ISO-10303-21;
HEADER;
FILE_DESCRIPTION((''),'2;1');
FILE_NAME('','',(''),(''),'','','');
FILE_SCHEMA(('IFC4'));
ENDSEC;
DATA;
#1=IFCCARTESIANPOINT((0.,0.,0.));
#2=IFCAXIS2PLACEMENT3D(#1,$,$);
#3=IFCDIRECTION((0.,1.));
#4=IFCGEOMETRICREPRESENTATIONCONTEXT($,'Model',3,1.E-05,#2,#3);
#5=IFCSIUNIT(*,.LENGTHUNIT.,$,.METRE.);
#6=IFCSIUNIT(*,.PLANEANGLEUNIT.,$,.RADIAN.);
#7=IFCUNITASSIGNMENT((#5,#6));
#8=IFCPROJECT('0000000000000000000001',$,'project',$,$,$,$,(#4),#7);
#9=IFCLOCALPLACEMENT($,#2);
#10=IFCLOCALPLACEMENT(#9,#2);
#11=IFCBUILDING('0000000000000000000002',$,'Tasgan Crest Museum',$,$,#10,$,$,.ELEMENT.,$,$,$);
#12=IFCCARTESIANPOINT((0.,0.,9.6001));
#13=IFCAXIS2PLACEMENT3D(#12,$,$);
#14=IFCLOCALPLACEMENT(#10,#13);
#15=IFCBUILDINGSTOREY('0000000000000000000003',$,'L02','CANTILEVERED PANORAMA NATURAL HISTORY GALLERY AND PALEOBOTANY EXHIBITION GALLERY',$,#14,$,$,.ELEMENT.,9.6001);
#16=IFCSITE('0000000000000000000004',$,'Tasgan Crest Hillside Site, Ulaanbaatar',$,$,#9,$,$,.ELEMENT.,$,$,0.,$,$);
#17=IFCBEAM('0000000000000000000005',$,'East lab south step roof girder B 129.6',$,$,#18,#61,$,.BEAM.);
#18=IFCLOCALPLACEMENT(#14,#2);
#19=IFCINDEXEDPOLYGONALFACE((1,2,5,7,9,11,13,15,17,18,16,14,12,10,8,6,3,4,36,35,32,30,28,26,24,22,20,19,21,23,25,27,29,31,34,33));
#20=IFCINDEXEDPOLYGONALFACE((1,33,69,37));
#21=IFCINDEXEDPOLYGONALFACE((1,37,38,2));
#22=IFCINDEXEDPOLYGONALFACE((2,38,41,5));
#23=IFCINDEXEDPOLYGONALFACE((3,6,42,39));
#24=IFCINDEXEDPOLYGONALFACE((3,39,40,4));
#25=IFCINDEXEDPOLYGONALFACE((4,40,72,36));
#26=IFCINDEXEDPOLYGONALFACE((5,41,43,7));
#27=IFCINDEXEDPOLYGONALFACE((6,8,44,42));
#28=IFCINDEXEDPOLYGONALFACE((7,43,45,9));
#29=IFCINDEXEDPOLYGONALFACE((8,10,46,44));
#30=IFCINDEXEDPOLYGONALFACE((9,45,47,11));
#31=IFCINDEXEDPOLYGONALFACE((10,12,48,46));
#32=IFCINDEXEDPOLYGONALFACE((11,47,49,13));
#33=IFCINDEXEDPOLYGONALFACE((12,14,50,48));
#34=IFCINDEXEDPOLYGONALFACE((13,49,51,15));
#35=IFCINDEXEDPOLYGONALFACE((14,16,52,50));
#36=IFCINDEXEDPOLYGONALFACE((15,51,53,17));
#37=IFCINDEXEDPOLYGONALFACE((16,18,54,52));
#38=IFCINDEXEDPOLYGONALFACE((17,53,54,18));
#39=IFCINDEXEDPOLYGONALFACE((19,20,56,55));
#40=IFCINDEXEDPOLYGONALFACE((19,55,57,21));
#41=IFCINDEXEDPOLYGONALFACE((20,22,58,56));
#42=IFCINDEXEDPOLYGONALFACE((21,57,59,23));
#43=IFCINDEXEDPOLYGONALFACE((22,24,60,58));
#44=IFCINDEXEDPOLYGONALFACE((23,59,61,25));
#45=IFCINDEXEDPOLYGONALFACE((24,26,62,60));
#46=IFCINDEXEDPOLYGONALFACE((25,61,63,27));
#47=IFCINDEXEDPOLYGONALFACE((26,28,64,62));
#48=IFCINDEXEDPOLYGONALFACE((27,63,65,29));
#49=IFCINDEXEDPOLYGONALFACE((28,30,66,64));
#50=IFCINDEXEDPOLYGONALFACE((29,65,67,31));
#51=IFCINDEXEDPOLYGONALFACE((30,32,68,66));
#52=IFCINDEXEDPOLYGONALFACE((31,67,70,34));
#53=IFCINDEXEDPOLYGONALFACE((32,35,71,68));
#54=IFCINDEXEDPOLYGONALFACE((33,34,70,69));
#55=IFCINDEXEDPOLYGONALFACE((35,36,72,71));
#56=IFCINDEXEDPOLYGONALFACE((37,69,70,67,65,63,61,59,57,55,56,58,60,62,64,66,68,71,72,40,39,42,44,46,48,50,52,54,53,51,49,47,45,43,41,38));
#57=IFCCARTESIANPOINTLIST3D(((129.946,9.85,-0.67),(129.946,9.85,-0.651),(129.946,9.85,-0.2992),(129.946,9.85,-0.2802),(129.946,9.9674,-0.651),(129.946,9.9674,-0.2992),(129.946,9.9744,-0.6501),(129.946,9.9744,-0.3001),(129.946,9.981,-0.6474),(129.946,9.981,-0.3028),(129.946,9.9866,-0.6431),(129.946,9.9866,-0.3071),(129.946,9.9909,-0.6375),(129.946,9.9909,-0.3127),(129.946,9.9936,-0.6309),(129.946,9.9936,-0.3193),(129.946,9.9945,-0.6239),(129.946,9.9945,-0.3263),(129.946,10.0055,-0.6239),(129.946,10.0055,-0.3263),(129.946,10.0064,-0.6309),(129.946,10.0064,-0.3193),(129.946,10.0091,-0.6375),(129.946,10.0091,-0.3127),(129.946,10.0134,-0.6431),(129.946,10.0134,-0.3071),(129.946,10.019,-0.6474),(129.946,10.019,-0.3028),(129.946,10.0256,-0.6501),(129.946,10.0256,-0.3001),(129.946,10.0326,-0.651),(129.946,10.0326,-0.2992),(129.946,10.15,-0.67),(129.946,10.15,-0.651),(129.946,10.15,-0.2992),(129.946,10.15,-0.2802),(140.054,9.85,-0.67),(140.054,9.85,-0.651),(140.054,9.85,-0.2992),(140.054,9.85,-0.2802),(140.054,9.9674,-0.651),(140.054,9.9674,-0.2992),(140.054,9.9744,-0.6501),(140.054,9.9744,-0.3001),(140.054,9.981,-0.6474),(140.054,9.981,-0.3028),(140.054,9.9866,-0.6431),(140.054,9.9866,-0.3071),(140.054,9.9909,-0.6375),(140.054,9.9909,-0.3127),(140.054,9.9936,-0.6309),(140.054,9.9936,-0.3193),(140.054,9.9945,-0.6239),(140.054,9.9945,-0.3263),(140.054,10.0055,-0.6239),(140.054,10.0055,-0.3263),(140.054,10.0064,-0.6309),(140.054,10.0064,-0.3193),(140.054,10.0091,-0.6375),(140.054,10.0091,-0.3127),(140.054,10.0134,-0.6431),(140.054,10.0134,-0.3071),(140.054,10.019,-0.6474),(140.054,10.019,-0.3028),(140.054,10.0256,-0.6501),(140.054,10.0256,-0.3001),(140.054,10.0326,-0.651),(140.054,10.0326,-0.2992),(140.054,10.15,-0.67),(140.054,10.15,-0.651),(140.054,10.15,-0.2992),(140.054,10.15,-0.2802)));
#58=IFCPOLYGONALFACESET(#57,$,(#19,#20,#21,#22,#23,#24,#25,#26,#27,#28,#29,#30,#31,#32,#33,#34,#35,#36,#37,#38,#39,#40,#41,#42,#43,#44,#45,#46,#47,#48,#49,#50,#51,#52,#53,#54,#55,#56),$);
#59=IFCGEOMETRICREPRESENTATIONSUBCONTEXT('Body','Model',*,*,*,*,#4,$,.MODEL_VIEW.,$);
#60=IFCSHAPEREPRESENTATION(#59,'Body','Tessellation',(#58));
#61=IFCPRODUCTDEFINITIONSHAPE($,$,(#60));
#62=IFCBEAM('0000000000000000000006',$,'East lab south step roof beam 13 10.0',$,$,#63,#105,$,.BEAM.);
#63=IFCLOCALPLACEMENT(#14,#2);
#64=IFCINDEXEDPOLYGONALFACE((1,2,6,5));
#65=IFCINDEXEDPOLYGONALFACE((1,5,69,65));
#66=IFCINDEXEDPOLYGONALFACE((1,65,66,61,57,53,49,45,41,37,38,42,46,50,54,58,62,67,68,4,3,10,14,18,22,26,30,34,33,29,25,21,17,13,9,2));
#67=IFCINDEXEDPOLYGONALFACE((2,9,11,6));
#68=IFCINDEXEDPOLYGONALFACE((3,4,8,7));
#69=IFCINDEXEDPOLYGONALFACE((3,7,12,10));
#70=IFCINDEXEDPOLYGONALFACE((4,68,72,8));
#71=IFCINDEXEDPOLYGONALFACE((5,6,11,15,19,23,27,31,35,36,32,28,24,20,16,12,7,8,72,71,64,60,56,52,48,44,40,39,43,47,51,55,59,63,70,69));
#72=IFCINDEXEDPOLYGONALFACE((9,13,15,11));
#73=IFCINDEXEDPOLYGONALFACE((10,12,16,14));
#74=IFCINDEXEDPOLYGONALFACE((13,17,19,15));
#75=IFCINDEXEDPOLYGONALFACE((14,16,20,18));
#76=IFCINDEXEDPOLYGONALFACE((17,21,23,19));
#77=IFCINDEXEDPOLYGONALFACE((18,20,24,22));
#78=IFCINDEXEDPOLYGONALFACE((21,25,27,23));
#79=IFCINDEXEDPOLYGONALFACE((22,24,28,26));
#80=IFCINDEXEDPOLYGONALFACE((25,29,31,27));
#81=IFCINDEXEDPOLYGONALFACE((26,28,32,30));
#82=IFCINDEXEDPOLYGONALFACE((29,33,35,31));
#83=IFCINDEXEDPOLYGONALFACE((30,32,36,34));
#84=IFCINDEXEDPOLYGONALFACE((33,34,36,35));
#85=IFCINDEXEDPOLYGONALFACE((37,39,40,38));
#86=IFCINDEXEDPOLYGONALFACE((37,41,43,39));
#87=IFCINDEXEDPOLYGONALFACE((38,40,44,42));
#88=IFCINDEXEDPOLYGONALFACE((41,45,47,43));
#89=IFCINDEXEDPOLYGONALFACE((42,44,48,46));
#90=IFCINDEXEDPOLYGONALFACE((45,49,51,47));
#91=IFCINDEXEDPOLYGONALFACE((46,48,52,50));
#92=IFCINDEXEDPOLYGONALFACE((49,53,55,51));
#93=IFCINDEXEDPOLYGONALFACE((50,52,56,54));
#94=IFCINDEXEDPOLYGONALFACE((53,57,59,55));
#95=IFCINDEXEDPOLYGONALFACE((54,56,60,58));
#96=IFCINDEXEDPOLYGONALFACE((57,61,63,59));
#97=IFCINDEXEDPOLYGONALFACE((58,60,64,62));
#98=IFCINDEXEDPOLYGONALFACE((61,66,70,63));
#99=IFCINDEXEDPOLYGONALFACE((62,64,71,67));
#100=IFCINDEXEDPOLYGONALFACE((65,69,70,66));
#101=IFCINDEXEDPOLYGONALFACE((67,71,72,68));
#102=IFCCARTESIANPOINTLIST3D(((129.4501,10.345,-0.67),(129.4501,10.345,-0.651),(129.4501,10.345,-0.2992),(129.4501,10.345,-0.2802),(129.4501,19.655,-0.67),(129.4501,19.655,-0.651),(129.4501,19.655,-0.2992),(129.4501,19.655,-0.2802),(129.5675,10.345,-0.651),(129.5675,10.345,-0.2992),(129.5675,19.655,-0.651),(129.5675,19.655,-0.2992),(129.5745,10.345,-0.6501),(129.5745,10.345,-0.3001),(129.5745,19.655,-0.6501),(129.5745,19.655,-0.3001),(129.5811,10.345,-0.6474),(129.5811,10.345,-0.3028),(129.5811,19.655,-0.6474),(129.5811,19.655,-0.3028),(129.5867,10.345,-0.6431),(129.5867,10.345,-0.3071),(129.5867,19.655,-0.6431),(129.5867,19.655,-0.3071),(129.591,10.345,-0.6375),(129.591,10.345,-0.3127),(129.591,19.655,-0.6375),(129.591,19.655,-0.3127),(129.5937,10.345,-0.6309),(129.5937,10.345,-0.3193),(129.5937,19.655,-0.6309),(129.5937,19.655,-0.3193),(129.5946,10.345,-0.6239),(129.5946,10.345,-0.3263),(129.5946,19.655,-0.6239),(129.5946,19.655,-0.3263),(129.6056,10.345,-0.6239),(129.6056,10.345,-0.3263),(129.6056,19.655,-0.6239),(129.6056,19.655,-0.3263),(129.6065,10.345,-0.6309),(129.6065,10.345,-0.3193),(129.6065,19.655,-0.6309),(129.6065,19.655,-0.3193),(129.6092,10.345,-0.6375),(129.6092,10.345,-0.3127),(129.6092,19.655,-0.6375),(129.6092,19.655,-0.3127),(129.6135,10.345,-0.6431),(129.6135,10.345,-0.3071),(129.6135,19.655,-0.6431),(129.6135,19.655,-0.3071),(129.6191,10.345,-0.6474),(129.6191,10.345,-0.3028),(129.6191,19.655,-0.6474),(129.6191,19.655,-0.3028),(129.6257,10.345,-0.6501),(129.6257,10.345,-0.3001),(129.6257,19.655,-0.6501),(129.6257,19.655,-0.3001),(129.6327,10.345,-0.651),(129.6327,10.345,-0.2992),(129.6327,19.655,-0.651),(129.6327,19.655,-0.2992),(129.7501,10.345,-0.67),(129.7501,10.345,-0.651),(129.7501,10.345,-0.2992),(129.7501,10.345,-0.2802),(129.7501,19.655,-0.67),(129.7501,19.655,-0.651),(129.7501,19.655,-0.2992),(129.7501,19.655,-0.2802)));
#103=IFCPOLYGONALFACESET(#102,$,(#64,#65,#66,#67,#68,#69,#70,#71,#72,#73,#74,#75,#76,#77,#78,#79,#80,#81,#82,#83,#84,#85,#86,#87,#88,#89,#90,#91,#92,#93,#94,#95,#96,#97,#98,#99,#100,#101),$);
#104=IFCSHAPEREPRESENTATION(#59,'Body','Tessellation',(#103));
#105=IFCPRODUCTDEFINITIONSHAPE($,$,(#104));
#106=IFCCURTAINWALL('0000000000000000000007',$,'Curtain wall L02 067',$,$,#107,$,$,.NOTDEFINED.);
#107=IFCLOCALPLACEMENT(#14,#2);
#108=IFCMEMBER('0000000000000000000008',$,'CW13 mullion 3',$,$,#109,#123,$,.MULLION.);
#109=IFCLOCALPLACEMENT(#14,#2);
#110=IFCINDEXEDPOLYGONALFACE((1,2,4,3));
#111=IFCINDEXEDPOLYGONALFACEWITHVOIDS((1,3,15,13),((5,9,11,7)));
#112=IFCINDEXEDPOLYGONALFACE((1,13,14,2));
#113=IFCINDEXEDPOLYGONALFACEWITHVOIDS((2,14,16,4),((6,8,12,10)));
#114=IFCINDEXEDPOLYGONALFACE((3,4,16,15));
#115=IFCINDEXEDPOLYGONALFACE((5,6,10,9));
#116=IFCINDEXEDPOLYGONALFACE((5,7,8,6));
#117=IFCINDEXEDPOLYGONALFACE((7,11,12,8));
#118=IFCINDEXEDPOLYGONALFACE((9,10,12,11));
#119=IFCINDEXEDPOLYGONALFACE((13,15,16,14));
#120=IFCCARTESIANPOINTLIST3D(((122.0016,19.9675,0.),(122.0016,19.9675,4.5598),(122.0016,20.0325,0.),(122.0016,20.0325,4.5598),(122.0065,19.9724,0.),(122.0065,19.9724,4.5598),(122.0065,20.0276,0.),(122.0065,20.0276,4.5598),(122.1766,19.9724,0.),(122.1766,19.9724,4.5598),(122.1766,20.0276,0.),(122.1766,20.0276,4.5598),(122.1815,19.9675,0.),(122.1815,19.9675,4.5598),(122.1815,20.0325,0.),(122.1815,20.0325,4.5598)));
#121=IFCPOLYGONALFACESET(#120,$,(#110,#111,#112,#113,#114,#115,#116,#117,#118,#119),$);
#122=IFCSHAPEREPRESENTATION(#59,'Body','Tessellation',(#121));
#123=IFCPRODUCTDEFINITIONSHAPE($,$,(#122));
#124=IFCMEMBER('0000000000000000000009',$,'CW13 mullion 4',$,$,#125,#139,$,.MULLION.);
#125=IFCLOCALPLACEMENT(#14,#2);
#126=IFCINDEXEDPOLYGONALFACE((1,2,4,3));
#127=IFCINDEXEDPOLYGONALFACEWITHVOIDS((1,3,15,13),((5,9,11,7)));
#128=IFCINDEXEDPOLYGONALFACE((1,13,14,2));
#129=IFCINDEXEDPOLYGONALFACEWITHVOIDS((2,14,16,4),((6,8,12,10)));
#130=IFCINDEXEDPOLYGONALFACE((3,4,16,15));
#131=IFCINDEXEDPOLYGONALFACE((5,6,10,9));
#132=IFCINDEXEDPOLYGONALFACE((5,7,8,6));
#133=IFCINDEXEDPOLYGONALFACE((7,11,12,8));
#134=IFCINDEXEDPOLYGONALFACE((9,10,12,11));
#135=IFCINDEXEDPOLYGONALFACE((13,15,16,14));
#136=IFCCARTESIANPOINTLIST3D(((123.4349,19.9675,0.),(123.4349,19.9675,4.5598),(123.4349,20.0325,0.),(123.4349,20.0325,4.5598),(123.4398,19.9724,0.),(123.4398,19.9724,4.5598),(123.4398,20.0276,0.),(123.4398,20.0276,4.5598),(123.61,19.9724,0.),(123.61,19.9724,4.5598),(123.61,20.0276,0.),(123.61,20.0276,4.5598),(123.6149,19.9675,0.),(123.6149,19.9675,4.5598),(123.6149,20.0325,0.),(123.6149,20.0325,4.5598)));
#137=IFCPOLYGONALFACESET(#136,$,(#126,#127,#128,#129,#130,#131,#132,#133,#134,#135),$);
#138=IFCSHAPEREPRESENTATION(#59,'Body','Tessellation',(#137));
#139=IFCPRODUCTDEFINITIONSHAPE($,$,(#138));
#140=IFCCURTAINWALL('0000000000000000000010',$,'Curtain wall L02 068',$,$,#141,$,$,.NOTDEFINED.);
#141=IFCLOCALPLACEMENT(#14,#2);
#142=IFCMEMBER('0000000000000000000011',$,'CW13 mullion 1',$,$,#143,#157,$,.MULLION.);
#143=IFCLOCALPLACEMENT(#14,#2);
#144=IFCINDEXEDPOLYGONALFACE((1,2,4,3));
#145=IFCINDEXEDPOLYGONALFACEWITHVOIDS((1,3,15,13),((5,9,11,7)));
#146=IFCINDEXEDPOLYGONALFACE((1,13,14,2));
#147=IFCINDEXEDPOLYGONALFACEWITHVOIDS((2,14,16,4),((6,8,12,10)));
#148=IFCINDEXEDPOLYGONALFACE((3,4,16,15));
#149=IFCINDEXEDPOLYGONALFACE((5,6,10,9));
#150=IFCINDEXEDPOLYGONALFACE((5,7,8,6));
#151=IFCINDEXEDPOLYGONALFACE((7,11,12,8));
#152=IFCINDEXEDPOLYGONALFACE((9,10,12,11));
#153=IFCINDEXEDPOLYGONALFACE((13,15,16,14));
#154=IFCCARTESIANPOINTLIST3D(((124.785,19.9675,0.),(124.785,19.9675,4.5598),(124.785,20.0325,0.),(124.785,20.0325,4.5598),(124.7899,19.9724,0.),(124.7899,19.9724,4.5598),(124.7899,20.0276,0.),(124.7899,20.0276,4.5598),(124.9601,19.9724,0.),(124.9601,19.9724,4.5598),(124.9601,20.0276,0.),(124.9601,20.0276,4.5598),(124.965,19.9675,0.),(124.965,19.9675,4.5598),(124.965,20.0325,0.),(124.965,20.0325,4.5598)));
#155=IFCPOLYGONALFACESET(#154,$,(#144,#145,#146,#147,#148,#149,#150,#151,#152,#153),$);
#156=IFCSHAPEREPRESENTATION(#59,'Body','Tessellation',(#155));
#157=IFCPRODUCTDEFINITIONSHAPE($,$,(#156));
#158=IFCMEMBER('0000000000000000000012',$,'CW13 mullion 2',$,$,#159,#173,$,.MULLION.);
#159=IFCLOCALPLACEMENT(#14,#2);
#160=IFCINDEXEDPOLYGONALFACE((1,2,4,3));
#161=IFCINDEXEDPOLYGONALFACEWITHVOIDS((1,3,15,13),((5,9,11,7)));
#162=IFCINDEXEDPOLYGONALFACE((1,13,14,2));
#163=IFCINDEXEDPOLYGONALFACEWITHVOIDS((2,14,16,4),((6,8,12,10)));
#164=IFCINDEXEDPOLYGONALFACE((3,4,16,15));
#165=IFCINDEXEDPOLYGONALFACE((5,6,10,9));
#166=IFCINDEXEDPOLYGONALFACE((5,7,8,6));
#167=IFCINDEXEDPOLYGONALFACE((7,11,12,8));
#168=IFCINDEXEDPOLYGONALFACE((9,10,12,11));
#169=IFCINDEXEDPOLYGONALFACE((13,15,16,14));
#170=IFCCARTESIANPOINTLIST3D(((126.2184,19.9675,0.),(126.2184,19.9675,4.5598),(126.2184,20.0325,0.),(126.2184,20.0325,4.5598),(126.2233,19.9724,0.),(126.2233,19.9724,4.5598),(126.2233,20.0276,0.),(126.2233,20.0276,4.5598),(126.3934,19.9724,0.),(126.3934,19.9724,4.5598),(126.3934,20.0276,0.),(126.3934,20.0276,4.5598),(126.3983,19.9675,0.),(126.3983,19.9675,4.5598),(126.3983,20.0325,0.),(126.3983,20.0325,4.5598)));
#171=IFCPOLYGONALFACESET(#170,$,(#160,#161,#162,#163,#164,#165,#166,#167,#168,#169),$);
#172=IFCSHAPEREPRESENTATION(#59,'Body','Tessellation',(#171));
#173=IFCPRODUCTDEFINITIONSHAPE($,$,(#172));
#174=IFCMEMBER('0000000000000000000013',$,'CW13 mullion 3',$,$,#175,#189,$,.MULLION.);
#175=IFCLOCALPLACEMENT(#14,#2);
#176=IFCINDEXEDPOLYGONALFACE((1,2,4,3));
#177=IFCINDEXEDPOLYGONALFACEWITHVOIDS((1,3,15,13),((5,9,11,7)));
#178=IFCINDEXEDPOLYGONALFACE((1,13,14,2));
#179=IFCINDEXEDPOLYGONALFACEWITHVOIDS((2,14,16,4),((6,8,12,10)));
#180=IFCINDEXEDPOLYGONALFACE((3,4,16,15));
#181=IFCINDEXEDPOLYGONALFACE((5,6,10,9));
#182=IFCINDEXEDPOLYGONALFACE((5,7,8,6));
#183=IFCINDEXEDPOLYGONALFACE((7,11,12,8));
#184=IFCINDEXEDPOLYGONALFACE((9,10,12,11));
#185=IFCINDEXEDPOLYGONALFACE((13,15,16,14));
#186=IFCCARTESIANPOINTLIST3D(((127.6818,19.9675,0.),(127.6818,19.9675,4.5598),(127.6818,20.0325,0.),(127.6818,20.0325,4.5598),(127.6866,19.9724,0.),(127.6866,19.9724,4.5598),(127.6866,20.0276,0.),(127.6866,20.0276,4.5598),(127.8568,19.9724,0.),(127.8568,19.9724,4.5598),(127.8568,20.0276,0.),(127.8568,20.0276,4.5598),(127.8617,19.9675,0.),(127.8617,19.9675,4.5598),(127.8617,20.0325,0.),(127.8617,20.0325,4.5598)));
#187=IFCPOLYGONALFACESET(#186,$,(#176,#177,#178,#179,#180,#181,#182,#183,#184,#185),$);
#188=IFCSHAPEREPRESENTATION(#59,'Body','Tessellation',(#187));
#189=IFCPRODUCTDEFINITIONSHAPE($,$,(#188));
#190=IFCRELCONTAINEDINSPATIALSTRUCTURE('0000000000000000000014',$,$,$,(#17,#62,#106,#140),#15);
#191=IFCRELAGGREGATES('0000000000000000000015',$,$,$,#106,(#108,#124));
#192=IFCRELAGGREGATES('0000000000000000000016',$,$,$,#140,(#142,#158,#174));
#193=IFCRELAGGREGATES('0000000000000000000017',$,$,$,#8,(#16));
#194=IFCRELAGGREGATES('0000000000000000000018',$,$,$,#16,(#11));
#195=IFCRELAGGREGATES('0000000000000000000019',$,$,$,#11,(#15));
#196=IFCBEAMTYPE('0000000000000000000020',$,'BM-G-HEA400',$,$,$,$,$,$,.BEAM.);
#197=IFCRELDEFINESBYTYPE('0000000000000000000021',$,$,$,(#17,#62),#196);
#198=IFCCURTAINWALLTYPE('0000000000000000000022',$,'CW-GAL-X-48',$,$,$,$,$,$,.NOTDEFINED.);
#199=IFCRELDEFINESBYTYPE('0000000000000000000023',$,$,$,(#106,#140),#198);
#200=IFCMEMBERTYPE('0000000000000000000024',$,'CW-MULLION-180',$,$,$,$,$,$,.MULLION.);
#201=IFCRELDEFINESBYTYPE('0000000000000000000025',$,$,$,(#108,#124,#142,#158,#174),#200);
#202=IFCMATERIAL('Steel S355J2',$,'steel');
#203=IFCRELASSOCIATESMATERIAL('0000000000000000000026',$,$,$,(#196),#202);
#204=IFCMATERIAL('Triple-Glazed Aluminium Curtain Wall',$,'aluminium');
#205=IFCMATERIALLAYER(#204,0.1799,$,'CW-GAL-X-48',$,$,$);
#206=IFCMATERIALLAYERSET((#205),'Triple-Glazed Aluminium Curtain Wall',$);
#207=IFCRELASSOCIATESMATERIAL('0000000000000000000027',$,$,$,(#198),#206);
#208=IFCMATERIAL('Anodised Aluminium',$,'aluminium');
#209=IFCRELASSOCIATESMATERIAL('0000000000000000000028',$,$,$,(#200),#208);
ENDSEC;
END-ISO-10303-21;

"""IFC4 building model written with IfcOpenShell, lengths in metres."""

from ifc_helpers import new_model, si_unit, direction, frame, origin, origin_2d, place, context, subcontext, project, spatial, hollow_rectangle, i_section, extrude, material, layer, layer_set, material_profile, profile_set, type_object, element, aggregate, save


model = new_model("IFC4")

# Units and contexts
model_context = context("Model", 3, precision=1e-05, world=origin(), true_north=direction((0.0, 1.0)))
body_context = subcontext(model_context, "Body", "Model", "MODEL_VIEW")
ifc_project = project(units=[si_unit("LENGTHUNIT", "METRE"), si_unit("PLANEANGLEUNIT", "RADIAN")], contexts=[model_context])

# Site, building, storey
site_placement = place(None, origin())
site = spatial("IfcSite", under=ifc_project, at=site_placement, Name="Tasgan Crest Hillside Site, Ulaanbaatar", CompositionType="ELEMENT", RefElevation=0.0)
building_placement = place(site_placement, origin())
building = spatial("IfcBuilding", under=site, at=building_placement, Name="Tasgan Crest Museum", CompositionType="ELEMENT")
storey_placement = place(building_placement, frame((0.0, 0.0, 9.6001)))
storey = spatial("IfcBuildingStorey", under=building, at=storey_placement, Name="L02", Description="CANTILEVERED PANORAMA NATURAL HISTORY GALLERY AND PALEOBOTANY EXHIBITION GALLERY", CompositionType="ELEMENT", Elevation=9.6001)

# Beams
ifc_material_1 = material(Name="Steel S355J2", Category="steel")
ifc_material_profile_1 = material_profile(ifc_material_1, i_section(OverallWidth=0.3, OverallDepth=0.3899, WebThickness=0.011, FlangeThickness=0.019, FilletRadius=0.0271, at=origin_2d()), Name="HEA 400")
ifc_profile_set_1 = profile_set([ifc_material_profile_1], Name="Steel S355J2")
beam_type = type_object("IfcBeamType", Name="BM-G-HEA400", PredefinedType="BEAM", material=ifc_profile_set_1)
beam_1_placement = place(storey_placement, frame((129.946, 10.0, -0.4751), z_axis=(1.0, 0.0, 0.0), x_axis=(0.0, 1.0, 0.0)))
element("IfcBeam", 1, at=beam_1_placement, inside=storey, type_object=beam_type, Name="East lab south step roof girder B 129.6", PredefinedType="BEAM", context=body_context, shape_type="SweptSolid", body=[
    extrude(i_section(OverallWidth=0.3, OverallDepth=0.3899, WebThickness=0.011, FlangeThickness=0.019, FilletRadius=0.0271, at=origin_2d()), origin(), (0.0, 0.0, 1.0), 10.1079),
])
beam_2_placement = place(storey_placement, frame((129.6001, 10.345, -0.4751), z_axis=(0.0, 1.0, 0.0), x_axis=(-1.0, 0.0, 0.0)))
element("IfcBeam", 2, at=beam_2_placement, inside=storey, type_object=beam_type, Name="East lab south step roof beam 13 10.0", PredefinedType="BEAM", context=body_context, shape_type="SweptSolid", body=[
    extrude(i_section(OverallWidth=0.3, OverallDepth=0.3899, WebThickness=0.011, FlangeThickness=0.019, FilletRadius=0.0271, at=origin_2d()), origin(), (0.0, 0.0, 1.0), 9.3101),
])

# Curtain walls, members
ifc_material_2 = material(Name="Triple-Glazed Aluminium Curtain Wall", Category="aluminium")
ifc_layer_1 = layer(ifc_material_2, 0.1799, Name="CW-GAL-X-48")
ifc_layer_set_1 = layer_set([ifc_layer_1], Name="Triple-Glazed Aluminium Curtain Wall")
curtain_wall_type = type_object("IfcCurtainWallType", Name="CW-GAL-X-48", PredefinedType="NOTDEFINED", material=ifc_layer_set_1)
curtain_wall_1_placement = place(storey_placement, origin())
curtain_wall_1 = element("IfcCurtainWall", 3, at=curtain_wall_1_placement, inside=storey, type_object=curtain_wall_type, Name="Curtain wall L02 067", PredefinedType="NOTDEFINED")
ifc_material_3 = material(Name="Anodised Aluminium", Category="aluminium")
ifc_material_profile_2 = material_profile(ifc_material_3, hollow_rectangle(XDim=0.0649, YDim=0.1799, WallThickness=0.0049, at=origin_2d()), Name="ALU MULLION 180x65x5")
ifc_profile_set_2 = profile_set([ifc_material_profile_2], Name="Anodised Aluminium")
member_type_1 = type_object("IfcMemberType", Name="CW-MULLION-180", PredefinedType="MULLION", material=ifc_profile_set_2)
member_1_placement = place(storey_placement, frame((122.0916, 20.0, 0.0), z_axis=(0.0, 0.0, 1.0), x_axis=(0.0, 1.0, 0.0)))
member_1 = element("IfcMember", 4, at=member_1_placement, type_object=member_type_1, Name="CW13 mullion 3", PredefinedType="MULLION", context=body_context, shape_type="SweptSolid", body=[
    extrude(hollow_rectangle(XDim=0.0649, YDim=0.1799, WallThickness=0.0049, at=origin_2d()), origin(), (0.0, 0.0, 1.0), 4.5598),
])
member_2_placement = place(storey_placement, frame((123.5249, 20.0, 0.0), z_axis=(0.0, 0.0, 1.0), x_axis=(0.0, 1.0, 0.0)))
member_2 = element("IfcMember", 5, at=member_2_placement, type_object=member_type_1, Name="CW13 mullion 4", PredefinedType="MULLION", context=body_context, shape_type="SweptSolid", body=[
    extrude(hollow_rectangle(XDim=0.0649, YDim=0.1799, WallThickness=0.0049, at=origin_2d()), origin(), (0.0, 0.0, 1.0), 4.5598),
])
curtain_wall_2_placement = place(storey_placement, origin())
curtain_wall_2 = element("IfcCurtainWall", 6, at=curtain_wall_2_placement, inside=storey, type_object=curtain_wall_type, Name="Curtain wall L02 068", PredefinedType="NOTDEFINED")
member_3_placement = place(storey_placement, frame((124.875, 20.0, 0.0), z_axis=(0.0, 0.0, 1.0), x_axis=(0.0, 1.0, 0.0)))
member_3 = element("IfcMember", 7, at=member_3_placement, type_object=member_type_1, Name="CW13 mullion 1", PredefinedType="MULLION", context=body_context, shape_type="SweptSolid", body=[
    extrude(hollow_rectangle(XDim=0.0649, YDim=0.1799, WallThickness=0.0049, at=origin_2d()), origin(), (0.0, 0.0, 1.0), 4.5598),
])
member_4_placement = place(storey_placement, frame((126.3083, 20.0, 0.0), z_axis=(0.0, 0.0, 1.0), x_axis=(0.0, 1.0, 0.0)))
member_4 = element("IfcMember", 8, at=member_4_placement, type_object=member_type_1, Name="CW13 mullion 2", PredefinedType="MULLION", context=body_context, shape_type="SweptSolid", body=[
    extrude(hollow_rectangle(XDim=0.0649, YDim=0.1799, WallThickness=0.0049, at=origin_2d()), origin(), (0.0, 0.0, 1.0), 4.5598),
])
member_5_placement = place(storey_placement, frame((127.7717, 20.0, 0.0), z_axis=(0.0, 0.0, 1.0), x_axis=(0.0, 1.0, 0.0)))
member_5 = element("IfcMember", 9, at=member_5_placement, type_object=member_type_1, Name="CW13 mullion 3", PredefinedType="MULLION", context=body_context, shape_type="SweptSolid", body=[
    extrude(hollow_rectangle(XDim=0.0649, YDim=0.1799, WallThickness=0.0049, at=origin_2d()), origin(), (0.0, 0.0, 1.0), 4.5598),
])

aggregate(curtain_wall_1, [member_1, member_2])
aggregate(curtain_wall_2, [member_3, member_4, member_5])

save(model, "model.ifc")
